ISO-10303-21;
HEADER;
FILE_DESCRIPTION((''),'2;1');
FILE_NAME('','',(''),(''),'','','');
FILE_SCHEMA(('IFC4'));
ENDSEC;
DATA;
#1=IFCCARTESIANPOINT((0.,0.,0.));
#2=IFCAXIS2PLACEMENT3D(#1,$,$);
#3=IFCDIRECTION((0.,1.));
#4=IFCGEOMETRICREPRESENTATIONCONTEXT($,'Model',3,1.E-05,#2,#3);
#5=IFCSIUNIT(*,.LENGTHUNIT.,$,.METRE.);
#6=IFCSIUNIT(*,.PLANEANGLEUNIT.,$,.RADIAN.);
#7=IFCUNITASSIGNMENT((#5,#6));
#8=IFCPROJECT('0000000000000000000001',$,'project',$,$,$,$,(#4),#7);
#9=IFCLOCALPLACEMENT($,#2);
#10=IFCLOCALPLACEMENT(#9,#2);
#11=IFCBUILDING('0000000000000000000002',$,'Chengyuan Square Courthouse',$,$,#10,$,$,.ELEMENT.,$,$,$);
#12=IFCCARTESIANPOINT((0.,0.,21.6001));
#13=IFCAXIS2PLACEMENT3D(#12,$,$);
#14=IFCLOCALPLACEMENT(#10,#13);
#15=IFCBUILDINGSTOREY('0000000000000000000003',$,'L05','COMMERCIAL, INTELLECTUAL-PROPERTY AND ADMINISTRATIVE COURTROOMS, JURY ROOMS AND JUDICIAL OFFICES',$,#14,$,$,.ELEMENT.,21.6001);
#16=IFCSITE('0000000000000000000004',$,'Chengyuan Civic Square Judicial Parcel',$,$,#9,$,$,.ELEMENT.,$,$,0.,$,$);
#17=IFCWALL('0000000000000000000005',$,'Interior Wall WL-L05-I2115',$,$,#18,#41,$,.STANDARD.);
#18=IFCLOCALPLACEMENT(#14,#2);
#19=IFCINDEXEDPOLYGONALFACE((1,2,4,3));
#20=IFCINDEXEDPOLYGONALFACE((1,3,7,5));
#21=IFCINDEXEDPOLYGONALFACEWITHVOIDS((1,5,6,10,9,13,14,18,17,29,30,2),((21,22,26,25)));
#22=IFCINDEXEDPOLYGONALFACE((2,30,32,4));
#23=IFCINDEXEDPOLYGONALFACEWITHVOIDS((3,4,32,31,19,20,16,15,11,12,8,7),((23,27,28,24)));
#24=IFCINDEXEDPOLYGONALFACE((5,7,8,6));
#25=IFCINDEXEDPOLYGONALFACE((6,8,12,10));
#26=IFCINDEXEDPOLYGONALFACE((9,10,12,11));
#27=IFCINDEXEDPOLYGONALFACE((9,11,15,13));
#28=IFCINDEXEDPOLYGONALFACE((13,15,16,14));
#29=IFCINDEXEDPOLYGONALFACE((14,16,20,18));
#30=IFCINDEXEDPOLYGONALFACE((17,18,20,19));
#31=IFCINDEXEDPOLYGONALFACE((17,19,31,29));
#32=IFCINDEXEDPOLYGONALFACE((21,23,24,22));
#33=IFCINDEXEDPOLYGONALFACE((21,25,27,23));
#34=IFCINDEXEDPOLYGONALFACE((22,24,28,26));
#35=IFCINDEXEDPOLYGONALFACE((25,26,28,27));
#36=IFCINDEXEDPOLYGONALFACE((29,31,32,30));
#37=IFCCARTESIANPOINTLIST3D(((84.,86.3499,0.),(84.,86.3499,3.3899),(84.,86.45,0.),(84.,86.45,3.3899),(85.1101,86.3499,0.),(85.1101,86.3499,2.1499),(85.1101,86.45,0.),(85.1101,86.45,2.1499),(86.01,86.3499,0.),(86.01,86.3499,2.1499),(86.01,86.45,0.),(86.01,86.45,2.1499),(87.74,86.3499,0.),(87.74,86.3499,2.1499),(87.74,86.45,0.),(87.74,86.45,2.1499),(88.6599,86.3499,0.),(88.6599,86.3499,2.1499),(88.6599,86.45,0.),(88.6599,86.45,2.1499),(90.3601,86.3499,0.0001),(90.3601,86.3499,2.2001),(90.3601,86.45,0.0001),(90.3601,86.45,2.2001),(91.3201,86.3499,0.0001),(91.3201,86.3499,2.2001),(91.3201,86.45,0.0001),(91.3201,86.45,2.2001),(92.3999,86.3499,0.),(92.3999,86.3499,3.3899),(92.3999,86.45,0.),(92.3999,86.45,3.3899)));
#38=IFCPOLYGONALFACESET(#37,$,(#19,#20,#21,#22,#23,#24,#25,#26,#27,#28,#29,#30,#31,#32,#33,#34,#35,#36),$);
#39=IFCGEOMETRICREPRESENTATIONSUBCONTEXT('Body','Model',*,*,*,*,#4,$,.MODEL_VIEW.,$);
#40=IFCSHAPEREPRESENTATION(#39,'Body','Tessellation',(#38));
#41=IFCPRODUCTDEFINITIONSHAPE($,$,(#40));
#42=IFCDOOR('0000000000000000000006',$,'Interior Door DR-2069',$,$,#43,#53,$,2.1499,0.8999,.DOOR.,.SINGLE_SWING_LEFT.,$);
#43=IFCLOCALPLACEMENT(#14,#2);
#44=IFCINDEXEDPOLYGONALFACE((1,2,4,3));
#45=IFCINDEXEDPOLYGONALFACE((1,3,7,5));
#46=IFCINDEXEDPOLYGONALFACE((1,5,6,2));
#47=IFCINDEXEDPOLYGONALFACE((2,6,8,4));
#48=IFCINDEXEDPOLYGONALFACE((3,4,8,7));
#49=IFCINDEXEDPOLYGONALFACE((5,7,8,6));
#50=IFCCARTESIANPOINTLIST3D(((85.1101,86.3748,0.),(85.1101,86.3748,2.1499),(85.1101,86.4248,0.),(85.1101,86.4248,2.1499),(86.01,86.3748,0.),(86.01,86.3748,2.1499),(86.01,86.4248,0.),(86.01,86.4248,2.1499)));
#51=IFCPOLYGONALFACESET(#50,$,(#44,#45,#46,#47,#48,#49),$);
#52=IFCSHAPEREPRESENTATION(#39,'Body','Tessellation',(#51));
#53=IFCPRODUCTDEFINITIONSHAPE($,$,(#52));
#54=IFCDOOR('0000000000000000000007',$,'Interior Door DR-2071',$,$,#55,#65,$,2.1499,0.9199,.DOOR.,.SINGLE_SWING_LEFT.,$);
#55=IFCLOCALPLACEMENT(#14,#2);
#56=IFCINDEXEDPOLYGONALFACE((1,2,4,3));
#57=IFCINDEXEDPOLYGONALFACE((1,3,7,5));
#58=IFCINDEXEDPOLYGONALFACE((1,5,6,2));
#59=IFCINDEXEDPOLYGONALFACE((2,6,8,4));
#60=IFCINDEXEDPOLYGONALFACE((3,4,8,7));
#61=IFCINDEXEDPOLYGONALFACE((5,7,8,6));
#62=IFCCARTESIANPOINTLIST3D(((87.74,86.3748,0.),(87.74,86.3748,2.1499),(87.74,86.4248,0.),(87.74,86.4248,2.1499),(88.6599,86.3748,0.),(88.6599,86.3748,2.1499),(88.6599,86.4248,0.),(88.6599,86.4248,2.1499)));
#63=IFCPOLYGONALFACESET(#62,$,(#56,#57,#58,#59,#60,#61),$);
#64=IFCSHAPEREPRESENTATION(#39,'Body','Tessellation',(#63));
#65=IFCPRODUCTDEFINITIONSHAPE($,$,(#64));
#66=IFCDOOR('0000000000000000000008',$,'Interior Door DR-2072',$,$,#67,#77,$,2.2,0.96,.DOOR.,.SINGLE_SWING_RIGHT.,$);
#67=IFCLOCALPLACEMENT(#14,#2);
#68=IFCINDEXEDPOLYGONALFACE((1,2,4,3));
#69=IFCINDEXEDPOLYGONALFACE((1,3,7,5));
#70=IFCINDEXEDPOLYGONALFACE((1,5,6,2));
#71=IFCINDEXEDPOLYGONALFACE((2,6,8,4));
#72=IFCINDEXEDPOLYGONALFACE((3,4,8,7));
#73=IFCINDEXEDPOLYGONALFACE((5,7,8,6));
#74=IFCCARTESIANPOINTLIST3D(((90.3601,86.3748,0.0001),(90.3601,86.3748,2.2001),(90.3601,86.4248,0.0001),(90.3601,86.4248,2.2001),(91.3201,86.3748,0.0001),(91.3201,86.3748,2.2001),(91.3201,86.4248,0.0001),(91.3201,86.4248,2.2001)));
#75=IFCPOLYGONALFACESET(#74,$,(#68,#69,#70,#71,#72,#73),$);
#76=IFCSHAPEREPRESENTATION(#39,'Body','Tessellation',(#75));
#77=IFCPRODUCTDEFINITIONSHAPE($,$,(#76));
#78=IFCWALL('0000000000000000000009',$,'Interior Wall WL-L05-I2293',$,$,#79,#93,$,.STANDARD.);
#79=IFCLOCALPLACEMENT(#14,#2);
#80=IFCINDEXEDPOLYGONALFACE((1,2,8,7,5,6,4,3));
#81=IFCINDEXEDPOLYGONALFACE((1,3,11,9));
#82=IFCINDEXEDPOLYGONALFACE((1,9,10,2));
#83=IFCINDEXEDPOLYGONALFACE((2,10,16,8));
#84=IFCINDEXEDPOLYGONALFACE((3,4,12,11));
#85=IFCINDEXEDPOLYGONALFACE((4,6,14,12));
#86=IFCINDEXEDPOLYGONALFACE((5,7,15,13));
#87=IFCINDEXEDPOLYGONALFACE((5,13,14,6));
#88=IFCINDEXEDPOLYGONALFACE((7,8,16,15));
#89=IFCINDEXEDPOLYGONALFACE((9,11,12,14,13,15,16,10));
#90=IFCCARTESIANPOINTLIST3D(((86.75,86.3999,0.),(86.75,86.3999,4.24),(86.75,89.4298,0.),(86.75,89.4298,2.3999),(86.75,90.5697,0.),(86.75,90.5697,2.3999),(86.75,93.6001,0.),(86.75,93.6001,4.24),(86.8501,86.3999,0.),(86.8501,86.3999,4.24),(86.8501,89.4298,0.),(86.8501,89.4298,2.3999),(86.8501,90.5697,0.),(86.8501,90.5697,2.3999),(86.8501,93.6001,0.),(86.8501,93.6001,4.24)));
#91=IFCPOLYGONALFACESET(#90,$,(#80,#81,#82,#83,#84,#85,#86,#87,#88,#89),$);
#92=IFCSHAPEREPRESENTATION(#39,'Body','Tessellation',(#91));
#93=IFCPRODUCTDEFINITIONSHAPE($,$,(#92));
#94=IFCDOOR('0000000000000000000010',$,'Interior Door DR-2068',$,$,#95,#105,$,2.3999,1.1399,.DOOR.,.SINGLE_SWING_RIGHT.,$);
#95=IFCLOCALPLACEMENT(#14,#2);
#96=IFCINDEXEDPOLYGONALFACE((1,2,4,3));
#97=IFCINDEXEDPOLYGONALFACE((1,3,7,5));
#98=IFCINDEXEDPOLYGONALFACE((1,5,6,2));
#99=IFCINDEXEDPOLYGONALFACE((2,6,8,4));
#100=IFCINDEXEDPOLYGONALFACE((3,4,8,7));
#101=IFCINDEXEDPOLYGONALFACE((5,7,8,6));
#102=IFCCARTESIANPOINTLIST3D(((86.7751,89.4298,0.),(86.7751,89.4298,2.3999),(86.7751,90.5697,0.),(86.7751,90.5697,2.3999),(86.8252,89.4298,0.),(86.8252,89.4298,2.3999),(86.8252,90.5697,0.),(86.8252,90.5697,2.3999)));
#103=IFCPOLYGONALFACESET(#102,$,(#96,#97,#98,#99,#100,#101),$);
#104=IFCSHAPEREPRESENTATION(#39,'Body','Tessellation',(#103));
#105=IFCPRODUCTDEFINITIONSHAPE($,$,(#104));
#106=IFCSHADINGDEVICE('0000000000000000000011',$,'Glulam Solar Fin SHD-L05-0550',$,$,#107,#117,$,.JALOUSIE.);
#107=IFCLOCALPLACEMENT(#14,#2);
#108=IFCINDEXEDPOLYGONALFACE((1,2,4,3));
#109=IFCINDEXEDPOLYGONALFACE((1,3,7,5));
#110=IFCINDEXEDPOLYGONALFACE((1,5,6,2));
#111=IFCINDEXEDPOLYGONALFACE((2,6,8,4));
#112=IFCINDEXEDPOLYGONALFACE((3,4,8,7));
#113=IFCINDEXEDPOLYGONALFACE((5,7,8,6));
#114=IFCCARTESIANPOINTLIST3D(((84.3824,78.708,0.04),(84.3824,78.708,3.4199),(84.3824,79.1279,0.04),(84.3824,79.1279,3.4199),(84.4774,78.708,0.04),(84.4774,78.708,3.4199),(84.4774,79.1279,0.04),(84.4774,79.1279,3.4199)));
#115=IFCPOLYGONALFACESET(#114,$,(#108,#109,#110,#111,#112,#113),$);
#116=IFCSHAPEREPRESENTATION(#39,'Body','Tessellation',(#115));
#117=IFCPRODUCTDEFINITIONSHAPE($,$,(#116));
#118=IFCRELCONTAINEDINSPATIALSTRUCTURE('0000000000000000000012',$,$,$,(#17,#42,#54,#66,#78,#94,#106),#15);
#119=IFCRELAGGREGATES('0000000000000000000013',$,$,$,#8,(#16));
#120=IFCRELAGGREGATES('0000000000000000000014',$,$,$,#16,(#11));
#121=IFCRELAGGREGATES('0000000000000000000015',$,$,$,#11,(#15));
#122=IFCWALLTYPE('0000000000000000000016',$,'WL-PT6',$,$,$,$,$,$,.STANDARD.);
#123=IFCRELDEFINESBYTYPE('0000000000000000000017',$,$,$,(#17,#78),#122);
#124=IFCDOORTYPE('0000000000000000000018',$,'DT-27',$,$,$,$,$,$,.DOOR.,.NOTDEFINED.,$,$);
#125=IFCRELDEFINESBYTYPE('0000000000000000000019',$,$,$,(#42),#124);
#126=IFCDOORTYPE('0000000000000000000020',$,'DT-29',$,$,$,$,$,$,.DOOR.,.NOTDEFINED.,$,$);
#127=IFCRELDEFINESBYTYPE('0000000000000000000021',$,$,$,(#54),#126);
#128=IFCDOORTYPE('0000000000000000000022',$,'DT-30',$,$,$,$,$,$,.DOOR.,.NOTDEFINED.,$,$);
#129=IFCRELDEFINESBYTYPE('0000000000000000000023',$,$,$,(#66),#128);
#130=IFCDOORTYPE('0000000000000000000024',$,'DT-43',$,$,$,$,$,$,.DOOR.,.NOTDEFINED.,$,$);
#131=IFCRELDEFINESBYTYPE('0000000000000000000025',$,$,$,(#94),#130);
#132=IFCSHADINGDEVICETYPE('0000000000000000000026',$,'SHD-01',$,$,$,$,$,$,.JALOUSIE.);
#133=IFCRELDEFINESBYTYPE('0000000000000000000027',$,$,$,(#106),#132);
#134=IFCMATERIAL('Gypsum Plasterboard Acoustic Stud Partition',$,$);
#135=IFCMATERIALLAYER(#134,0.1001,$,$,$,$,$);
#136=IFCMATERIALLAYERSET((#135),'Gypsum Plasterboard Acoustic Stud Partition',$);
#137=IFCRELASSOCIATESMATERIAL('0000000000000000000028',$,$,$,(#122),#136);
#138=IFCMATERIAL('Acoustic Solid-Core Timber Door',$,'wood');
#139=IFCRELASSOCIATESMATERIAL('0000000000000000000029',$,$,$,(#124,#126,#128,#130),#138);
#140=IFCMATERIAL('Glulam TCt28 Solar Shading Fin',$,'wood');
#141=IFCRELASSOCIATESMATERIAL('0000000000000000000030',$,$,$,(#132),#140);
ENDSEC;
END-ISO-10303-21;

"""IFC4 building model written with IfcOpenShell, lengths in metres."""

from ifc_helpers import new_model, si_unit, direction, frame, frame_2d, origin, origin_2d, place, context, subcontext, project, spatial, rectangle, extrude, material, layer, layer_set, type_object, element, fill, save


model = new_model("IFC4")

# Units and contexts
model_context = context("Model", 3, precision=1e-05, world=origin(), true_north=direction((0.0, 1.0)))
body_context = subcontext(model_context, "Body", "Model", "MODEL_VIEW")
ifc_project = project(units=[si_unit("LENGTHUNIT", "METRE"), si_unit("PLANEANGLEUNIT", "RADIAN")], contexts=[model_context])

# Site, building, storey
site_placement = place(None, origin())
site = spatial("IfcSite", under=ifc_project, at=site_placement, Name="Chengyuan Civic Square Judicial Parcel", CompositionType="ELEMENT", RefElevation=0.0)
building_placement = place(site_placement, origin())
building = spatial("IfcBuilding", under=site, at=building_placement, Name="Chengyuan Square Courthouse", CompositionType="ELEMENT")
storey_placement = place(building_placement, frame((0.0, 0.0, 21.6001)))
storey = spatial("IfcBuildingStorey", under=building, at=storey_placement, Name="L05", Description="COMMERCIAL, INTELLECTUAL-PROPERTY AND ADMINISTRATIVE COURTROOMS, JURY ROOMS AND JUDICIAL OFFICES", CompositionType="ELEMENT", Elevation=21.6001)

# Wall, openings, doors
ifc_material_1 = material(Name="Gypsum Plasterboard Acoustic Stud Partition")
ifc_layer_1 = layer(ifc_material_1, 0.1001)
ifc_layer_set_1 = layer_set([ifc_layer_1], Name="Gypsum Plasterboard Acoustic Stud Partition")
wall_type_1 = type_object("IfcWallType", Name="WL-PT6", PredefinedType="STANDARD", material=ifc_layer_set_1)
wall_1_placement = place(storey_placement, frame((84.0, 86.3999, 0.0), z_axis=(0.0, 0.0, 1.0), x_axis=(1.0, 0.0, 0.0)))
wall_1 = element("IfcWall", 1, at=wall_1_placement, inside=storey, type_object=wall_type_1, Name="Interior Wall WL-L05-I2115", PredefinedType="STANDARD", context=body_context, shape_type="SweptSolid", body=[
    extrude(rectangle(XDim=8.3999, YDim=0.1001, at=frame_2d((4.2, 0.0))), origin(), (0.0, 0.0, 1.0), 3.3899),
])
opening_1_placement = place(wall_1_placement, frame((1.1101, 0.0, 0.0)))
opening_1 = element("IfcOpeningElement", 2, at=opening_1_placement, cuts=wall_1, PredefinedType="OPENING", context=body_context, shape_type="SweptSolid", body=[
    extrude(rectangle(XDim=0.8999, YDim=2.1499, at=frame_2d((0.45, 1.075))), frame((0.0, 0.062, 0.0), z_axis=(0.0, -1.0, 0.0), x_axis=(1.0, 0.0, 0.0)), (0.0, 0.0, 1.0), 0.124),
])
opening_2_placement = place(wall_1_placement, frame((3.74, 0.0, 0.0)))
opening_2 = element("IfcOpeningElement", 3, at=opening_2_placement, cuts=wall_1, PredefinedType="OPENING", context=body_context, shape_type="SweptSolid", body=[
    extrude(rectangle(XDim=0.9199, YDim=2.1499, at=frame_2d((0.46, 1.075))), frame((0.0, 0.062, 0.0), z_axis=(0.0, -1.0, 0.0), x_axis=(1.0, 0.0, 0.0)), (0.0, 0.0, 1.0), 0.124),
])
opening_3_placement = place(wall_1_placement, frame((6.3601, 0.0, 0.0)))
opening_3 = element("IfcOpeningElement", 4, at=opening_3_placement, cuts=wall_1, PredefinedType="OPENING", context=body_context, shape_type="SweptSolid", body=[
    extrude(rectangle(XDim=0.96, YDim=2.2, at=frame_2d((0.48, 1.1001))), frame((0.0, 0.062, 0.0), z_axis=(0.0, -1.0, 0.0), x_axis=(1.0, 0.0, 0.0)), (0.0, 0.0, 1.0), 0.124),
])
ifc_material_2 = material(Name="Acoustic Solid-Core Timber Door", Category="wood")
door_type_1 = type_object("IfcDoorType", Name="DT-27", OperationType="NOTDEFINED", PredefinedType="DOOR", material=ifc_material_2)
door_1_placement = place(opening_1_placement, origin())
door_1 = element("IfcDoor", 5, at=door_1_placement, inside=storey, type_object=door_type_1, Name="Interior Door DR-2069", OperationType="SINGLE_SWING_LEFT", OverallHeight=2.1499, OverallWidth=0.8999, PredefinedType="DOOR", context=body_context, shape_type="SweptSolid", body=[
    extrude(rectangle(XDim=0.8999, YDim=2.1499, at=frame_2d((0.45, 1.075))), frame((0.0, 0.0249, 0.0), z_axis=(0.0, -1.0, 0.0), x_axis=(1.0, 0.0, 0.0)), (0.0, 0.0, 1.0), 0.05),
])
fill(opening_1, door_1)
door_type_2 = type_object("IfcDoorType", Name="DT-29", OperationType="NOTDEFINED", PredefinedType="DOOR", material=ifc_material_2)
door_2_placement = place(opening_2_placement, origin())
door_2 = element("IfcDoor", 6, at=door_2_placement, inside=storey, type_object=door_type_2, Name="Interior Door DR-2071", OperationType="SINGLE_SWING_LEFT", OverallHeight=2.1499, OverallWidth=0.9199, PredefinedType="DOOR", context=body_context, shape_type="SweptSolid", body=[
    extrude(rectangle(XDim=0.9199, YDim=2.1499, at=frame_2d((0.46, 1.075))), frame((0.0, 0.0249, 0.0), z_axis=(0.0, -1.0, 0.0), x_axis=(1.0, 0.0, 0.0)), (0.0, 0.0, 1.0), 0.05),
])
fill(opening_2, door_2)
door_type_3 = type_object("IfcDoorType", Name="DT-30", OperationType="NOTDEFINED", PredefinedType="DOOR", material=ifc_material_2)
door_3_placement = place(opening_3_placement, origin())
door_3 = element("IfcDoor", 7, at=door_3_placement, inside=storey, type_object=door_type_3, Name="Interior Door DR-2072", OperationType="SINGLE_SWING_RIGHT", OverallHeight=2.2, OverallWidth=0.96, PredefinedType="DOOR", context=body_context, shape_type="SweptSolid", body=[
    extrude(rectangle(XDim=0.96, YDim=2.2, at=frame_2d((0.48, 1.1001))), frame((0.0, 0.0249, 0.0), z_axis=(0.0, -1.0, 0.0), x_axis=(1.0, 0.0, 0.0)), (0.0, 0.0, 1.0), 0.05),
])
fill(opening_3, door_3)

# Wall, opening, door
wall_2_placement = place(storey_placement, frame((86.8, 86.3999, 0.0), z_axis=(0.0, 0.0, 1.0), x_axis=(0.0, 1.0, 0.0)))
wall_2 = element("IfcWall", 8, at=wall_2_placement, inside=storey, type_object=wall_type_1, Name="Interior Wall WL-L05-I2293", PredefinedType="STANDARD", context=body_context, shape_type="SweptSolid", body=[
    extrude(rectangle(XDim=7.2002, YDim=0.1001, at=frame_2d((3.6001, 0.0))), origin(), (0.0, 0.0, 1.0), 4.24),
])
opening_4_placement = place(wall_2_placement, frame((3.03, 0.0, 0.0)))
opening_4 = element("IfcOpeningElement", 9, at=opening_4_placement, cuts=wall_2, PredefinedType="OPENING", context=body_context, shape_type="SweptSolid", body=[
    extrude(rectangle(XDim=1.1399, YDim=2.3999, at=frame_2d((0.5698, 1.2))), frame((0.0, 0.062, 0.0), z_axis=(0.0, -1.0, 0.0), x_axis=(1.0, 0.0, 0.0)), (0.0, 0.0, 1.0), 0.124),
])
door_type_4 = type_object("IfcDoorType", Name="DT-43", OperationType="NOTDEFINED", PredefinedType="DOOR", material=ifc_material_2)
door_4_placement = place(opening_4_placement, origin())
door_4 = element("IfcDoor", 10, at=door_4_placement, inside=storey, type_object=door_type_4, Name="Interior Door DR-2068", OperationType="SINGLE_SWING_RIGHT", OverallHeight=2.3999, OverallWidth=1.1399, PredefinedType="DOOR", context=body_context, shape_type="SweptSolid", body=[
    extrude(rectangle(XDim=1.1399, YDim=2.3999, at=frame_2d((0.5698, 1.2))), frame((0.0, 0.0249, 0.0), z_axis=(0.0, -1.0, 0.0), x_axis=(1.0, 0.0, 0.0)), (0.0, 0.0, 1.0), 0.05),
])
fill(opening_4, door_4)

# Shading device
ifc_material_3 = material(Name="Glulam TCt28 Solar Shading Fin", Category="wood")
shading_device_type = type_object("IfcShadingDeviceType", Name="SHD-01", PredefinedType="JALOUSIE", material=ifc_material_3)
shading_device_placement = place(storey_placement, frame((84.4299, 78.918, 0.04), z_axis=(0.0, 0.0, 1.0), x_axis=(0.0, 1.0, 0.0)))
element("IfcShadingDevice", 11, at=shading_device_placement, inside=storey, type_object=shading_device_type, Name="Glulam Solar Fin SHD-L05-0550", PredefinedType="JALOUSIE", context=body_context, shape_type="SweptSolid", body=[
    extrude(rectangle(XDim=0.4199, YDim=0.095, at=origin_2d()), origin(), (0.0, 0.0, 1.0), 3.3799),
])

save(model, "model.ifc")
